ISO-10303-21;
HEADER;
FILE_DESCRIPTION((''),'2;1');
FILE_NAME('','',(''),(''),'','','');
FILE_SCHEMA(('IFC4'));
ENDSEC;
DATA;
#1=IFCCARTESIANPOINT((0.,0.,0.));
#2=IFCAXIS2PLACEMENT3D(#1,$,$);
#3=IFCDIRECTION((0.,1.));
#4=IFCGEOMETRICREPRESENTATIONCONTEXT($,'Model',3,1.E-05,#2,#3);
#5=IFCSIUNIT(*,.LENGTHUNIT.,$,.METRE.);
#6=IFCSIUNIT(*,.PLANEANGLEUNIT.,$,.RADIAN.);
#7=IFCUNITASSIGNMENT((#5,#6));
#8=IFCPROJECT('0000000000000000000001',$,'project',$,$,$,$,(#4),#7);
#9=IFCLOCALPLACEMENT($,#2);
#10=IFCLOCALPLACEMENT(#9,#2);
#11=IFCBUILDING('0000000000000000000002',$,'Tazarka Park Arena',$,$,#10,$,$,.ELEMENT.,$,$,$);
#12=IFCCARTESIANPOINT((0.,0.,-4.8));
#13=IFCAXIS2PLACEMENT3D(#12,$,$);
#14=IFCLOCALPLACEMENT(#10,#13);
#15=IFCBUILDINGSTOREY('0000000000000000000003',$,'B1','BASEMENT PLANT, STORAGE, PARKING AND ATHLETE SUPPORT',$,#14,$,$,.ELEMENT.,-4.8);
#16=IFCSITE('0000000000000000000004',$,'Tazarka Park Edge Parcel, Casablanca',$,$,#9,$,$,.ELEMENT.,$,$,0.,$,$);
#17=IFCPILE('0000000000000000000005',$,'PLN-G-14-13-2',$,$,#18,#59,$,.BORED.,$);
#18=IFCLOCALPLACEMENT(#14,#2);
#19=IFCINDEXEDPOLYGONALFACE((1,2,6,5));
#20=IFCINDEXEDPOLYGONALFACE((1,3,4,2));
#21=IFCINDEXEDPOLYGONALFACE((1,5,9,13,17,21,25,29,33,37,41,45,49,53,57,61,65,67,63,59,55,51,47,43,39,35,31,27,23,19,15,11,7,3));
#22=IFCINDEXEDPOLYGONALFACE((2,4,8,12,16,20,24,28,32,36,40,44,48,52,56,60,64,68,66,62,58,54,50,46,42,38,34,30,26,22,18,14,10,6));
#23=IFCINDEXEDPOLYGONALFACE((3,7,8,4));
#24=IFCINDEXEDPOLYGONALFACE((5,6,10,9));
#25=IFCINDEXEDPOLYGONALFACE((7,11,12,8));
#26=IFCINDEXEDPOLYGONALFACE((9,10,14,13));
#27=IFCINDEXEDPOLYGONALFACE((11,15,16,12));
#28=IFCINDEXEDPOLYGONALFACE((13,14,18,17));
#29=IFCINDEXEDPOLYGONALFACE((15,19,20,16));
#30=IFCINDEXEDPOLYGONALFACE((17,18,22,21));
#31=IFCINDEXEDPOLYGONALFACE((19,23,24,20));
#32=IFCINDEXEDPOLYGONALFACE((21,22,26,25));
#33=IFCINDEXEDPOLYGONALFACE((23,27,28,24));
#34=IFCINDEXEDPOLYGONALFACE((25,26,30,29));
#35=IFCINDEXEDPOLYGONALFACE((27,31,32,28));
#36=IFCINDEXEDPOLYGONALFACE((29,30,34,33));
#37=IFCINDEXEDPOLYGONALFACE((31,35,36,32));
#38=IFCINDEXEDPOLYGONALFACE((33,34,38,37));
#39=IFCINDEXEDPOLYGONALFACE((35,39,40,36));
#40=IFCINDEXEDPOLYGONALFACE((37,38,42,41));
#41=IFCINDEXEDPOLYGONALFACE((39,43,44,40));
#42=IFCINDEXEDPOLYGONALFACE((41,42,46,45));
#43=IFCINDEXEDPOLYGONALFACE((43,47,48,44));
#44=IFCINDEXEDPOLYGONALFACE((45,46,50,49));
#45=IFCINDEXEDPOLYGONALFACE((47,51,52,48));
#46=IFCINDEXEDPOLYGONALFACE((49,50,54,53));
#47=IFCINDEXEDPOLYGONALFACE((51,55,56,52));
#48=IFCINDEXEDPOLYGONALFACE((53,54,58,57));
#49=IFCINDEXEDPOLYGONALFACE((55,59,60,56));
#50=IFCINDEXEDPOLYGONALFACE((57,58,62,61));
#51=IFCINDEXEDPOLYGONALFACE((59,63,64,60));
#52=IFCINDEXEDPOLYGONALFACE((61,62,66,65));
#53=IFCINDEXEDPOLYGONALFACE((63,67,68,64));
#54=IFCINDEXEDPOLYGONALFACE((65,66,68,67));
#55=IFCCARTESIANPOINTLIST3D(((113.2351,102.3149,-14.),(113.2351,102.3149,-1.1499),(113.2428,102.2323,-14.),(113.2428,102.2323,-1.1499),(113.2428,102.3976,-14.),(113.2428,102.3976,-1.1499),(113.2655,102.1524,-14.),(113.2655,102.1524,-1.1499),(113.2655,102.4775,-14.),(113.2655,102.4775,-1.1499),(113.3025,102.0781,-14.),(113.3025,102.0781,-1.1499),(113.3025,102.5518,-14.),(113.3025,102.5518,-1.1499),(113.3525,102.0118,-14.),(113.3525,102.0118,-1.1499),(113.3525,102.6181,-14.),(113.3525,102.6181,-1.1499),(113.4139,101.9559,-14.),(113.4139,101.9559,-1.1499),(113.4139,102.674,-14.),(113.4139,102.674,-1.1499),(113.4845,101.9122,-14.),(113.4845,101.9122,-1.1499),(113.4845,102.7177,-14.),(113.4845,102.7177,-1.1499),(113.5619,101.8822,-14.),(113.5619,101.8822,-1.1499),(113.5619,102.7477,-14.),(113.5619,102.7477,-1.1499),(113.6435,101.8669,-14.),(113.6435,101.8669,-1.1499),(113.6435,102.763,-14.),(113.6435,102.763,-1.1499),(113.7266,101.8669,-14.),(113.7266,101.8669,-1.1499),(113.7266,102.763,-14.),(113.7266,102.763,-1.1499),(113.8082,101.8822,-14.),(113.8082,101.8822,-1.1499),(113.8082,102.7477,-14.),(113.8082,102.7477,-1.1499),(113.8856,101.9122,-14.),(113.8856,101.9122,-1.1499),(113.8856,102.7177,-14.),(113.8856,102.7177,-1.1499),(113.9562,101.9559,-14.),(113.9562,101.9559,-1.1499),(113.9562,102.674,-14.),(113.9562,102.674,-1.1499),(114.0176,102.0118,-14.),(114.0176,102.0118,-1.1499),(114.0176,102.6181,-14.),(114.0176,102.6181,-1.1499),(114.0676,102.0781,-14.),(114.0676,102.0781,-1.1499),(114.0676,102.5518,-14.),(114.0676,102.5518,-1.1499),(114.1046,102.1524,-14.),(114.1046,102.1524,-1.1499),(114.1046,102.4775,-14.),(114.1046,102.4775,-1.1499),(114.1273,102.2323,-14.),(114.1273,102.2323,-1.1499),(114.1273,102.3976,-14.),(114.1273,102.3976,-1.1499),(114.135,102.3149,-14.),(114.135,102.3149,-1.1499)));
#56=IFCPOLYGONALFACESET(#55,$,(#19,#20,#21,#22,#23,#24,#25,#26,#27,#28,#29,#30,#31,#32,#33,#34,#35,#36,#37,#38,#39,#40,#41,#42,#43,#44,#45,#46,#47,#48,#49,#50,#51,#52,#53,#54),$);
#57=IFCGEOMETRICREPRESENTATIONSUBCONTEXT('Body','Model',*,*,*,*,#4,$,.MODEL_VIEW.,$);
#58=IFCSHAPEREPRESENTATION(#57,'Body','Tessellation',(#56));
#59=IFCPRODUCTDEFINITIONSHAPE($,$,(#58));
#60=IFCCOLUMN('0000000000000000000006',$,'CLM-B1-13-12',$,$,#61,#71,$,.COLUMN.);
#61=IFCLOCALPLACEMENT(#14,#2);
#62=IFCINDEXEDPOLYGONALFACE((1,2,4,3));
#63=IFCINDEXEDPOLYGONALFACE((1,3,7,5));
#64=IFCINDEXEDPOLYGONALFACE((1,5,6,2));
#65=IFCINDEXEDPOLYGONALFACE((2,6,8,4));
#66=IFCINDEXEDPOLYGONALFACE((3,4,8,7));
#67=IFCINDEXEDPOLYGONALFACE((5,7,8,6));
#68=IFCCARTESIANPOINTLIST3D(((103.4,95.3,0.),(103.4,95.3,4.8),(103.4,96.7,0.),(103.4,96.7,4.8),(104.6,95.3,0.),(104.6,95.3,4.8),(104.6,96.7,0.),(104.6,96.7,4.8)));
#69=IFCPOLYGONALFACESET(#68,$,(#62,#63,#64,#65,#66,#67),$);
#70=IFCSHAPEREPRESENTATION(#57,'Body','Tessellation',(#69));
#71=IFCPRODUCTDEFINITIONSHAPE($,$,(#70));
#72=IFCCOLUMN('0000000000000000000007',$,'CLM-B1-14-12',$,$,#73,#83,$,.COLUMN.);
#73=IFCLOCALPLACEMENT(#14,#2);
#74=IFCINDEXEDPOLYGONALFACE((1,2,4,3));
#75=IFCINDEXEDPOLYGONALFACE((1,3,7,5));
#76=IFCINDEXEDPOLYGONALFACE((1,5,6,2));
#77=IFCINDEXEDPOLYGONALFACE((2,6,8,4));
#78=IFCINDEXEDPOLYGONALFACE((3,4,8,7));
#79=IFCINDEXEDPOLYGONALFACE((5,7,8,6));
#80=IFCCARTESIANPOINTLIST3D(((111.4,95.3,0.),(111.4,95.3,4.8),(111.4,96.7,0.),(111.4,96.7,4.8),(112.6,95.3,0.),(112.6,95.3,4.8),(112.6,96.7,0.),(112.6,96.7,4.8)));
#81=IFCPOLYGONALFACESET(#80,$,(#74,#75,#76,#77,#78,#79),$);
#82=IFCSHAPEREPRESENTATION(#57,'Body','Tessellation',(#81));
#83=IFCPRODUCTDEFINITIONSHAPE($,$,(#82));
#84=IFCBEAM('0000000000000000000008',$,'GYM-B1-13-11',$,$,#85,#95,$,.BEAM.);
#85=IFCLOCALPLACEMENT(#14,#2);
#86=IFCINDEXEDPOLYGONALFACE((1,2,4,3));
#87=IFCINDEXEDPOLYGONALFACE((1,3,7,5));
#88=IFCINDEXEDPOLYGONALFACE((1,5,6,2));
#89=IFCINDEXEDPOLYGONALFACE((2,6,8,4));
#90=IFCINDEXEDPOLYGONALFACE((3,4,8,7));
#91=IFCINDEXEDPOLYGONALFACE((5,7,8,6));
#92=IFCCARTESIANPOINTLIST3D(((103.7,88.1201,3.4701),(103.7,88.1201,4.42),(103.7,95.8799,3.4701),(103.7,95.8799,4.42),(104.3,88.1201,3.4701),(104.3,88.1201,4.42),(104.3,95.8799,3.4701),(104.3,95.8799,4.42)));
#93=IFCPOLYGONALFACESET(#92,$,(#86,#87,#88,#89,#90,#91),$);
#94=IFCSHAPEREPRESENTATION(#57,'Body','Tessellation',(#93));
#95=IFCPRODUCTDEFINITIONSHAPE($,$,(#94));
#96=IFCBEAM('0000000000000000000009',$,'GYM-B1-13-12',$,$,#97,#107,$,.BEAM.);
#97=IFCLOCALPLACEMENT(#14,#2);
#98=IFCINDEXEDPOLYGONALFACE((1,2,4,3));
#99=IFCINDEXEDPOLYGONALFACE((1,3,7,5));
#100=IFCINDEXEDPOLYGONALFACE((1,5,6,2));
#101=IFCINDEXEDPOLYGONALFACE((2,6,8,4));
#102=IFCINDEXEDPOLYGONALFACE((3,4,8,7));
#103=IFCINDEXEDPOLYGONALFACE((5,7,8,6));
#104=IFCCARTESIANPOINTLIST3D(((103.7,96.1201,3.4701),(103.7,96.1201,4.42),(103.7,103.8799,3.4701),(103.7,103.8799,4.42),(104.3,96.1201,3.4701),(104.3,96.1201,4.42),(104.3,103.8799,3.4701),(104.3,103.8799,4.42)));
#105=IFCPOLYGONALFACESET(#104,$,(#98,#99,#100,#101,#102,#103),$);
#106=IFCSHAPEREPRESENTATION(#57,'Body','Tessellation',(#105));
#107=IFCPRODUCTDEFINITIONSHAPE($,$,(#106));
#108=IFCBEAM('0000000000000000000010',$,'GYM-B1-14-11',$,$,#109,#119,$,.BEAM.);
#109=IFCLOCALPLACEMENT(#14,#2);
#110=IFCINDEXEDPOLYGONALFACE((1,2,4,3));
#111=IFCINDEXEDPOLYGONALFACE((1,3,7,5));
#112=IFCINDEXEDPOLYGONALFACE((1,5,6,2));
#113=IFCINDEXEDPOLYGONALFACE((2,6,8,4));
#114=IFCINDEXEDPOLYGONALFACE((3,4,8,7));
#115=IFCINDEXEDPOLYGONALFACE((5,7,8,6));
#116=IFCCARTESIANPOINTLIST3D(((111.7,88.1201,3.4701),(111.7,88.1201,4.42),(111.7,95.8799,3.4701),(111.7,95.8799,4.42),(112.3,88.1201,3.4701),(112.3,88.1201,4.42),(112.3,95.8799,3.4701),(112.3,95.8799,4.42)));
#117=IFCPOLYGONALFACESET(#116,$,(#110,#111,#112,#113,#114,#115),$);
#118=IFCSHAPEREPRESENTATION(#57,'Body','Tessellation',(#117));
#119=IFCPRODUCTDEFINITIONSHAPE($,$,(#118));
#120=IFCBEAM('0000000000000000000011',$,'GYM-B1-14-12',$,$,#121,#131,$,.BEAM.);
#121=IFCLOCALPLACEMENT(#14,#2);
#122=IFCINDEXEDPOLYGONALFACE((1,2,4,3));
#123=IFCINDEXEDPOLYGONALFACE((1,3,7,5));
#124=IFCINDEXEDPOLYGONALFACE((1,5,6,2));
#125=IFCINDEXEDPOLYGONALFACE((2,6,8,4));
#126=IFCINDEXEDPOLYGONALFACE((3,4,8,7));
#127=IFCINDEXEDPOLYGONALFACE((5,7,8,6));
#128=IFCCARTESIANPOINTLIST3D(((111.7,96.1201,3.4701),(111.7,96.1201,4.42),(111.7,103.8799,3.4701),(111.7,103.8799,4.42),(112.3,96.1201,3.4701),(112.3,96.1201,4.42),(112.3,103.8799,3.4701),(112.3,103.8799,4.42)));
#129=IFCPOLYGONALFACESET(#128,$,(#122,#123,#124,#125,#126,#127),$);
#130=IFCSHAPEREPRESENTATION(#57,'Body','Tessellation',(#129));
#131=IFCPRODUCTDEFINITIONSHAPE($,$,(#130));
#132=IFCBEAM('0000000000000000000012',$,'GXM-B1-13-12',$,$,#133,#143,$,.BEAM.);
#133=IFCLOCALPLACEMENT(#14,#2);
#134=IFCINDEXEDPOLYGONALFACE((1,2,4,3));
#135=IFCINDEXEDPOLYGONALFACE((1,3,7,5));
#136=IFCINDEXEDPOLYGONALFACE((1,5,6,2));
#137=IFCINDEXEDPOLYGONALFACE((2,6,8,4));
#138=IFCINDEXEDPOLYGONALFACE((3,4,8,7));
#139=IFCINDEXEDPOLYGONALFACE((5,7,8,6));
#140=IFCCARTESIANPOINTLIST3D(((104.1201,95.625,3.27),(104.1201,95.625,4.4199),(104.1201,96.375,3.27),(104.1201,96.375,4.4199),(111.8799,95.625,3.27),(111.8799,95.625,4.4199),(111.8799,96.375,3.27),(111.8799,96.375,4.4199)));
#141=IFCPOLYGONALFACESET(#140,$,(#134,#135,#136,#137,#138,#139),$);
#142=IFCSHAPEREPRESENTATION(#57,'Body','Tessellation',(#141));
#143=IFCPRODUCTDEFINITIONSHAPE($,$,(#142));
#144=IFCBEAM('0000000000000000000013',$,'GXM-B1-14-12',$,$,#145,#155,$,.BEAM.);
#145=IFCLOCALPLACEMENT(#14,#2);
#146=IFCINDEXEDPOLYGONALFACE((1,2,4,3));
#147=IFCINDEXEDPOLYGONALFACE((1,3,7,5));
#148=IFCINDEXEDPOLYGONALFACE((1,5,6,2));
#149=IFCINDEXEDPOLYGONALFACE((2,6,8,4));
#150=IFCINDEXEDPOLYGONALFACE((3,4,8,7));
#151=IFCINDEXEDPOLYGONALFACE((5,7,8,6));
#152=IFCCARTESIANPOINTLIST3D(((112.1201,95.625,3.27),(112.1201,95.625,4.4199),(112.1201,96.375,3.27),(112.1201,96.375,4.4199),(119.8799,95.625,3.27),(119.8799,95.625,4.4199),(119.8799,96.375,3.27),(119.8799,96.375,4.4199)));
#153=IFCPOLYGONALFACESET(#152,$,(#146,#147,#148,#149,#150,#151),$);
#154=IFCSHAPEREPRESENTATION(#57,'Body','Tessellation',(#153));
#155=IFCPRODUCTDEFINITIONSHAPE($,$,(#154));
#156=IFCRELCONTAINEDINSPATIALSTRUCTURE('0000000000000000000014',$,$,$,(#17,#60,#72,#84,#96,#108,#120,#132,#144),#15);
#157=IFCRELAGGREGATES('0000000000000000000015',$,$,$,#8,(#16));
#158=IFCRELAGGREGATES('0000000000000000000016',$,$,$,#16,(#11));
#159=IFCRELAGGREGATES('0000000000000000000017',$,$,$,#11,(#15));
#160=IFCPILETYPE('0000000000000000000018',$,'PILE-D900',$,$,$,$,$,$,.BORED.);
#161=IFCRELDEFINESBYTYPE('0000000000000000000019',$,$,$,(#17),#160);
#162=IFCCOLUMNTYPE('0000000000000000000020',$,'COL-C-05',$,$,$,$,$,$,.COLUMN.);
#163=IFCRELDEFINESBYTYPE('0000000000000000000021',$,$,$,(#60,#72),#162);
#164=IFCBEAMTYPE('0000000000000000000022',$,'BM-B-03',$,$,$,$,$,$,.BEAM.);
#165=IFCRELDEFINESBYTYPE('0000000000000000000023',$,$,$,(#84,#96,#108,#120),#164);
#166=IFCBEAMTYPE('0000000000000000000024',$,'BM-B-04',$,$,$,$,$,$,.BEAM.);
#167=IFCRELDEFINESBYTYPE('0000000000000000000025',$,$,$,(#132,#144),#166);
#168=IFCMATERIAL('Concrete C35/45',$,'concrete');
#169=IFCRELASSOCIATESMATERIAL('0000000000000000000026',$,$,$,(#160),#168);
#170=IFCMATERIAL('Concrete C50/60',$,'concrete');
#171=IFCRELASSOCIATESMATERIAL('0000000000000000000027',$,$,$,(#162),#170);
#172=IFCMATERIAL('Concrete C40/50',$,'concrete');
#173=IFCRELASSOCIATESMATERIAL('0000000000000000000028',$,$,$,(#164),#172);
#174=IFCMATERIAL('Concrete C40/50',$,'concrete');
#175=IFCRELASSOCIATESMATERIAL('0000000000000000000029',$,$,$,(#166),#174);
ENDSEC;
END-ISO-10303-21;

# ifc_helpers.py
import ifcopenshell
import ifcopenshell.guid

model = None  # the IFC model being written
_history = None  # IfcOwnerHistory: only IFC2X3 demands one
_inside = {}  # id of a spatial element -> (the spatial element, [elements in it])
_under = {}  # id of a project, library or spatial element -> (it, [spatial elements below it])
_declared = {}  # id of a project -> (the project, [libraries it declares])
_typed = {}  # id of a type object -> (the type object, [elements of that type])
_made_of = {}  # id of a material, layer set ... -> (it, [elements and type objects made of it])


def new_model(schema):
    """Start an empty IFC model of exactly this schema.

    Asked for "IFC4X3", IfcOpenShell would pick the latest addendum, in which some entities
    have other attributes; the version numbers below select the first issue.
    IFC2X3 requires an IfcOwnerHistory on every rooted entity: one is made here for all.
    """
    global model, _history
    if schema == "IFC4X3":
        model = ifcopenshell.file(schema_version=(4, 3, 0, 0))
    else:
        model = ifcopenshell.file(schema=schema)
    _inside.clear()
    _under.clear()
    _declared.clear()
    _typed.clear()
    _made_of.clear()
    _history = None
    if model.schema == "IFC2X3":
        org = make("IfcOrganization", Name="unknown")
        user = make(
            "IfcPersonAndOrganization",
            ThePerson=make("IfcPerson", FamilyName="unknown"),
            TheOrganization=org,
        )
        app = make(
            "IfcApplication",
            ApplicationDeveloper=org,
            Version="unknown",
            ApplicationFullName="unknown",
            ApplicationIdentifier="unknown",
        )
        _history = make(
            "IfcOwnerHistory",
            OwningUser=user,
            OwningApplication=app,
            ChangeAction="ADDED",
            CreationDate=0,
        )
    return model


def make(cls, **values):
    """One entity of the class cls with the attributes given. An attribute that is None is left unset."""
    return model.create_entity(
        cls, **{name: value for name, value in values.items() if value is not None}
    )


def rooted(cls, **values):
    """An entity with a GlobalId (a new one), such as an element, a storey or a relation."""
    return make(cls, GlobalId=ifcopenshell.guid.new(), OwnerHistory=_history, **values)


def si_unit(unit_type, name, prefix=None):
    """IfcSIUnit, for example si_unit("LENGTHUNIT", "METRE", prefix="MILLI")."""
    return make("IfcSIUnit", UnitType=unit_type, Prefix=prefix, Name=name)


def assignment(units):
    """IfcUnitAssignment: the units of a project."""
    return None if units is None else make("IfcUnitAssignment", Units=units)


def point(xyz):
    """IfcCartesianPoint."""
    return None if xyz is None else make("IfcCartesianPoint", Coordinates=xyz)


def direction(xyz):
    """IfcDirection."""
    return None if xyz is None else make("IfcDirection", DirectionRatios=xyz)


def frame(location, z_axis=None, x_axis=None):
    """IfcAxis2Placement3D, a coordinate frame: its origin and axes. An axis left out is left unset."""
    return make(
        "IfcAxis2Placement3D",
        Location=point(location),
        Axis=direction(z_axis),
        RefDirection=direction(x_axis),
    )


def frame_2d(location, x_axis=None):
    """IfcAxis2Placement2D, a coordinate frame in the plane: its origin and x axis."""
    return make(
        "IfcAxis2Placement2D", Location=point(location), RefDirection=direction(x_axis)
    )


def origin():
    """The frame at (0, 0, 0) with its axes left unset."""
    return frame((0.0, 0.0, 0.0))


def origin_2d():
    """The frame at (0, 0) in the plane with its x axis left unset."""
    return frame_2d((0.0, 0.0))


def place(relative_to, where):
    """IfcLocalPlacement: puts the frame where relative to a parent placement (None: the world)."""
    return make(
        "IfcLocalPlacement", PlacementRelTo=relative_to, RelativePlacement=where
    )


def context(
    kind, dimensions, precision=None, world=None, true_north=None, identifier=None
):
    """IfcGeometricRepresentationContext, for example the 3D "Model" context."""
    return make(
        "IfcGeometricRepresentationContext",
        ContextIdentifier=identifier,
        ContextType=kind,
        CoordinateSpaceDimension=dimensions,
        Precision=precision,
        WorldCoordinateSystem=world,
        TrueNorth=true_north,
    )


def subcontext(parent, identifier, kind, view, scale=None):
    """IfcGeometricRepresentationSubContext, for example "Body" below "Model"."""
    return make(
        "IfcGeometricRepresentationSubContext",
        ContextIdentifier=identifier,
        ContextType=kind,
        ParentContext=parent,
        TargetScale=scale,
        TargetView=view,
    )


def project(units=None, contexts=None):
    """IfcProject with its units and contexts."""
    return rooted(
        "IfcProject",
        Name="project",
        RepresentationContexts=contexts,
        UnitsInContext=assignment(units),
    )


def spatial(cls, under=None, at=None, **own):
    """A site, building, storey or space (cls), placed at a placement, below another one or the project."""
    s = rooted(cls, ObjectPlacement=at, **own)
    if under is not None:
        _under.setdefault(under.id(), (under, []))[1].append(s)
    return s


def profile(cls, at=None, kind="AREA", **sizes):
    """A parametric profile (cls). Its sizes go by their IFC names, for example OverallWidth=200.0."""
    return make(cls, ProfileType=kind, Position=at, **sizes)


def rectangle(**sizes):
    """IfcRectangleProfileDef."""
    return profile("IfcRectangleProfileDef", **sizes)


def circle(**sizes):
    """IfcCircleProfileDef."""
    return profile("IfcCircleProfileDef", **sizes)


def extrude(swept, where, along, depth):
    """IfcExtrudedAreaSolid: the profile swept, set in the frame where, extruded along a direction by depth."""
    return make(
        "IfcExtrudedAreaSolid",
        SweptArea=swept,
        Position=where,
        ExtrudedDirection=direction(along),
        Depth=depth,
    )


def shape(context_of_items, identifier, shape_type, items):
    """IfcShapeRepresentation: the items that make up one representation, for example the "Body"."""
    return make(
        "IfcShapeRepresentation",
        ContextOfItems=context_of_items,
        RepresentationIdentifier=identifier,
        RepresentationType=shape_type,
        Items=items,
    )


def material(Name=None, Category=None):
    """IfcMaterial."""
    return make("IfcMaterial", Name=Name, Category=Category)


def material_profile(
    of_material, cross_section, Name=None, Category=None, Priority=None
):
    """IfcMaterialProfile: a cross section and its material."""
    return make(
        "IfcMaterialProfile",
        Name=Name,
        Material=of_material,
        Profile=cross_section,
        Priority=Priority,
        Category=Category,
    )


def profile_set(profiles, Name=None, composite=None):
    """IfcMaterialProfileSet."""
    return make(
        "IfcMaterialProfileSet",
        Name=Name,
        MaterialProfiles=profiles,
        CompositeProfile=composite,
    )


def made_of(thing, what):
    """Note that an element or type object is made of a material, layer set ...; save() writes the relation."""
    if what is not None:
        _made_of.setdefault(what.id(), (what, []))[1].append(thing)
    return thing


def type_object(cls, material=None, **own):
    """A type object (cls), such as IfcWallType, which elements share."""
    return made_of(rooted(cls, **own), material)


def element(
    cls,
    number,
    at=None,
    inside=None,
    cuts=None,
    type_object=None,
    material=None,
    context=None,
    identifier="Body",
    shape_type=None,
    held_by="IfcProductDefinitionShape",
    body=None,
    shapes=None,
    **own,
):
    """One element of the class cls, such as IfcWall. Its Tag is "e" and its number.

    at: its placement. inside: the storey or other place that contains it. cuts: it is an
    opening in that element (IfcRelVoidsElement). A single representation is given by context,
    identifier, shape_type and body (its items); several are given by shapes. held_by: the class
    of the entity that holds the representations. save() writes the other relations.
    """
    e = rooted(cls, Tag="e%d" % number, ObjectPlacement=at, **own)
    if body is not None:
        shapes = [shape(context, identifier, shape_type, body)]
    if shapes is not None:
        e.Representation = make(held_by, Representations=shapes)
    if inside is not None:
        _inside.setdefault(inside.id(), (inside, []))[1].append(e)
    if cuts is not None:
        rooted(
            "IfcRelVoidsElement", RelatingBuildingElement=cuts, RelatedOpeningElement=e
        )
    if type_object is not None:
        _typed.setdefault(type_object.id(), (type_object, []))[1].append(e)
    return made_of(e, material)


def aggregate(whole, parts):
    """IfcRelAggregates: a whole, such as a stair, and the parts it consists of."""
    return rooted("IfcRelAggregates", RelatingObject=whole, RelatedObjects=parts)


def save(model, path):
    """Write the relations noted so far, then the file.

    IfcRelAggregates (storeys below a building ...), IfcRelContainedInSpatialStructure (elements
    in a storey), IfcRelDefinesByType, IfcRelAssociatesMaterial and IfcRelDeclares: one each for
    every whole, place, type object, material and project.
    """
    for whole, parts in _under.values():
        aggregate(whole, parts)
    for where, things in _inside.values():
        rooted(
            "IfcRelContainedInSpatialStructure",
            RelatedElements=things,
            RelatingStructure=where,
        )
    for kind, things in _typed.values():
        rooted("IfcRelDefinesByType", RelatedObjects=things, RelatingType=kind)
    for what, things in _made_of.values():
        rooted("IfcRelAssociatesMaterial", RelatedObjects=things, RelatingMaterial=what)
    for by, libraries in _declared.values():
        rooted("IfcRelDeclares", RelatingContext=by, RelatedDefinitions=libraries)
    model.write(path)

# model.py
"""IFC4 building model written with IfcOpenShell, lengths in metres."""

from ifc_helpers import new_model, si_unit, direction, frame, origin, origin_2d, place, context, subcontext, project, spatial, rectangle, circle, extrude, material, material_profile, profile_set, type_object, element, save


model = new_model("IFC4")

# Units and contexts
model_context = context("Model", 3, precision=1e-05, world=origin(), true_north=direction((0.0, 1.0)))
body_context = subcontext(model_context, "Body", "Model", "MODEL_VIEW")
ifc_project = project(units=[si_unit("LENGTHUNIT", "METRE"), si_unit("PLANEANGLEUNIT", "RADIAN")], contexts=[model_context])

# Site, building, storey
site_placement = place(None, origin())
site = spatial("IfcSite", under=ifc_project, at=site_placement, Name="Tazarka Park Edge Parcel, Casablanca", CompositionType="ELEMENT", RefElevation=0.0)
building_placement = place(site_placement, origin())
building = spatial("IfcBuilding", under=site, at=building_placement, Name="Tazarka Park Arena", CompositionType="ELEMENT")
storey_placement = place(building_placement, frame((0.0, 0.0, -4.8)))
storey = spatial("IfcBuildingStorey", under=building, at=storey_placement, Name="B1", Description="BASEMENT PLANT, STORAGE, PARKING AND ATHLETE SUPPORT", CompositionType="ELEMENT", Elevation=-4.8)

# Pile
ifc_material_1 = material(Name="Concrete C35/45", Category="concrete")
ifc_material_profile_1 = material_profile(ifc_material_1, circle(Radius=0.45, at=origin_2d()), Name="Concrete C35/45")
ifc_profile_set_1 = profile_set([ifc_material_profile_1], Name="Concrete C35/45")
pile_type_1 = type_object("IfcPileType", Name="PILE-D900", PredefinedType="BORED", material=ifc_profile_set_1)
for number, where, z_axis, x_axis, name in (
    (1, (113.6851, 102.3149, -1.1499), (0.0, 0.0, -1.0), (1.0, 0.0, 0.0), "PLN-G-14-13-2"),
):
    element("IfcPile", number, at=place(storey_placement, frame(where, z_axis=z_axis, x_axis=x_axis)), inside=storey, type_object=pile_type_1, Name=name, PredefinedType="BORED", context=body_context, shape_type="SweptSolid", body=[
        extrude(circle(Radius=0.45, at=origin_2d()), origin(), (0.0, 0.0, 1.0), 12.8501),
    ])

# Columns
ifc_material_2 = material(Name="Concrete C50/60", Category="concrete")
ifc_material_profile_2 = material_profile(ifc_material_2, rectangle(XDim=1.2, YDim=1.3999, at=origin_2d()), Name="Concrete C50/60")
ifc_profile_set_2 = profile_set([ifc_material_profile_2], Name="Concrete C50/60")
column_type = type_object("IfcColumnType", Name="COL-C-05", PredefinedType="COLUMN", material=ifc_profile_set_2)
for number, where, z_axis, x_axis, name in (
    (2, (104.0, 96.0, 0.0), (0.0, 0.0, 1.0), (1.0, 0.0, 0.0), "CLM-B1-13-12"),
    (3, (112.0, 96.0, 0.0), (0.0, 0.0, 1.0), (1.0, 0.0, 0.0), "CLM-B1-14-12"),
):
    element("IfcColumn", number, at=place(storey_placement, frame(where, z_axis=z_axis, x_axis=x_axis)), inside=storey, type_object=column_type, Name=name, PredefinedType="COLUMN", context=body_context, shape_type="SweptSolid", body=[
        extrude(rectangle(XDim=1.2, YDim=1.3999, at=origin_2d()), origin(), (0.0, 0.0, 1.0), 4.8),
    ])

# Beams
ifc_material_3 = material(Name="Concrete C40/50", Category="concrete")
ifc_material_profile_3 = material_profile(ifc_material_3, rectangle(XDim=0.6001, YDim=0.95, at=origin_2d()), Name="Concrete C40/50")
ifc_profile_set_3 = profile_set([ifc_material_profile_3], Name="Concrete C40/50")
beam_type_1 = type_object("IfcBeamType", Name="BM-B-03", PredefinedType="BEAM", material=ifc_profile_set_3)
for number, where, z_axis, x_axis, name in (
    (4, (104.0, 88.1201, 3.9451), (0.0, 1.0, 0.0), (-1.0, 0.0, 0.0), "GYM-B1-13-11"),
    (5, (104.0, 96.1201, 3.9451), (0.0, 1.0, 0.0), (-1.0, 0.0, 0.0), "GYM-B1-13-12"),
    (6, (112.0, 88.1201, 3.9451), (0.0, 1.0, 0.0), (-1.0, 0.0, 0.0), "GYM-B1-14-11"),
    (7, (112.0, 96.1201, 3.9451), (0.0, 1.0, 0.0), (-1.0, 0.0, 0.0), "GYM-B1-14-12"),
):
    element("IfcBeam", number, at=place(storey_placement, frame(where, z_axis=z_axis, x_axis=x_axis)), inside=storey, type_object=beam_type_1, Name=name, PredefinedType="BEAM", context=body_context, shape_type="SweptSolid", body=[
        extrude(rectangle(XDim=0.6001, YDim=0.95, at=origin_2d()), origin(), (0.0, 0.0, 1.0), 7.7598),
    ])
ifc_material_4 = material(Name="Concrete C40/50", Category="concrete")
ifc_material_profile_4 = material_profile(ifc_material_4, rectangle(XDim=0.75, YDim=1.1499, at=origin_2d()), Name="Concrete C40/50")
ifc_profile_set_4 = profile_set([ifc_material_profile_4], Name="Concrete C40/50")
beam_type_2 = type_object("IfcBeamType", Name="BM-B-04", PredefinedType="BEAM", material=ifc_profile_set_4)
for number, where, z_axis, x_axis, name in (
    (8, (104.1201, 96.0, 3.845), (1.0, 0.0, 0.0), (0.0, 1.0, 0.0), "GXM-B1-13-12"),
    (9, (112.1201, 96.0, 3.845), (1.0, 0.0, 0.0), (0.0, 1.0, 0.0), "GXM-B1-14-12"),
):
    element("IfcBeam", number, at=place(storey_placement, frame(where, z_axis=z_axis, x_axis=x_axis)), inside=storey, type_object=beam_type_2, Name=name, PredefinedType="BEAM", context=body_context, shape_type="SweptSolid", body=[
        extrude(rectangle(XDim=0.75, YDim=1.1499, at=origin_2d()), origin(), (0.0, 0.0, 1.0), 7.7598),
    ])

save(model, "model.ifc")
